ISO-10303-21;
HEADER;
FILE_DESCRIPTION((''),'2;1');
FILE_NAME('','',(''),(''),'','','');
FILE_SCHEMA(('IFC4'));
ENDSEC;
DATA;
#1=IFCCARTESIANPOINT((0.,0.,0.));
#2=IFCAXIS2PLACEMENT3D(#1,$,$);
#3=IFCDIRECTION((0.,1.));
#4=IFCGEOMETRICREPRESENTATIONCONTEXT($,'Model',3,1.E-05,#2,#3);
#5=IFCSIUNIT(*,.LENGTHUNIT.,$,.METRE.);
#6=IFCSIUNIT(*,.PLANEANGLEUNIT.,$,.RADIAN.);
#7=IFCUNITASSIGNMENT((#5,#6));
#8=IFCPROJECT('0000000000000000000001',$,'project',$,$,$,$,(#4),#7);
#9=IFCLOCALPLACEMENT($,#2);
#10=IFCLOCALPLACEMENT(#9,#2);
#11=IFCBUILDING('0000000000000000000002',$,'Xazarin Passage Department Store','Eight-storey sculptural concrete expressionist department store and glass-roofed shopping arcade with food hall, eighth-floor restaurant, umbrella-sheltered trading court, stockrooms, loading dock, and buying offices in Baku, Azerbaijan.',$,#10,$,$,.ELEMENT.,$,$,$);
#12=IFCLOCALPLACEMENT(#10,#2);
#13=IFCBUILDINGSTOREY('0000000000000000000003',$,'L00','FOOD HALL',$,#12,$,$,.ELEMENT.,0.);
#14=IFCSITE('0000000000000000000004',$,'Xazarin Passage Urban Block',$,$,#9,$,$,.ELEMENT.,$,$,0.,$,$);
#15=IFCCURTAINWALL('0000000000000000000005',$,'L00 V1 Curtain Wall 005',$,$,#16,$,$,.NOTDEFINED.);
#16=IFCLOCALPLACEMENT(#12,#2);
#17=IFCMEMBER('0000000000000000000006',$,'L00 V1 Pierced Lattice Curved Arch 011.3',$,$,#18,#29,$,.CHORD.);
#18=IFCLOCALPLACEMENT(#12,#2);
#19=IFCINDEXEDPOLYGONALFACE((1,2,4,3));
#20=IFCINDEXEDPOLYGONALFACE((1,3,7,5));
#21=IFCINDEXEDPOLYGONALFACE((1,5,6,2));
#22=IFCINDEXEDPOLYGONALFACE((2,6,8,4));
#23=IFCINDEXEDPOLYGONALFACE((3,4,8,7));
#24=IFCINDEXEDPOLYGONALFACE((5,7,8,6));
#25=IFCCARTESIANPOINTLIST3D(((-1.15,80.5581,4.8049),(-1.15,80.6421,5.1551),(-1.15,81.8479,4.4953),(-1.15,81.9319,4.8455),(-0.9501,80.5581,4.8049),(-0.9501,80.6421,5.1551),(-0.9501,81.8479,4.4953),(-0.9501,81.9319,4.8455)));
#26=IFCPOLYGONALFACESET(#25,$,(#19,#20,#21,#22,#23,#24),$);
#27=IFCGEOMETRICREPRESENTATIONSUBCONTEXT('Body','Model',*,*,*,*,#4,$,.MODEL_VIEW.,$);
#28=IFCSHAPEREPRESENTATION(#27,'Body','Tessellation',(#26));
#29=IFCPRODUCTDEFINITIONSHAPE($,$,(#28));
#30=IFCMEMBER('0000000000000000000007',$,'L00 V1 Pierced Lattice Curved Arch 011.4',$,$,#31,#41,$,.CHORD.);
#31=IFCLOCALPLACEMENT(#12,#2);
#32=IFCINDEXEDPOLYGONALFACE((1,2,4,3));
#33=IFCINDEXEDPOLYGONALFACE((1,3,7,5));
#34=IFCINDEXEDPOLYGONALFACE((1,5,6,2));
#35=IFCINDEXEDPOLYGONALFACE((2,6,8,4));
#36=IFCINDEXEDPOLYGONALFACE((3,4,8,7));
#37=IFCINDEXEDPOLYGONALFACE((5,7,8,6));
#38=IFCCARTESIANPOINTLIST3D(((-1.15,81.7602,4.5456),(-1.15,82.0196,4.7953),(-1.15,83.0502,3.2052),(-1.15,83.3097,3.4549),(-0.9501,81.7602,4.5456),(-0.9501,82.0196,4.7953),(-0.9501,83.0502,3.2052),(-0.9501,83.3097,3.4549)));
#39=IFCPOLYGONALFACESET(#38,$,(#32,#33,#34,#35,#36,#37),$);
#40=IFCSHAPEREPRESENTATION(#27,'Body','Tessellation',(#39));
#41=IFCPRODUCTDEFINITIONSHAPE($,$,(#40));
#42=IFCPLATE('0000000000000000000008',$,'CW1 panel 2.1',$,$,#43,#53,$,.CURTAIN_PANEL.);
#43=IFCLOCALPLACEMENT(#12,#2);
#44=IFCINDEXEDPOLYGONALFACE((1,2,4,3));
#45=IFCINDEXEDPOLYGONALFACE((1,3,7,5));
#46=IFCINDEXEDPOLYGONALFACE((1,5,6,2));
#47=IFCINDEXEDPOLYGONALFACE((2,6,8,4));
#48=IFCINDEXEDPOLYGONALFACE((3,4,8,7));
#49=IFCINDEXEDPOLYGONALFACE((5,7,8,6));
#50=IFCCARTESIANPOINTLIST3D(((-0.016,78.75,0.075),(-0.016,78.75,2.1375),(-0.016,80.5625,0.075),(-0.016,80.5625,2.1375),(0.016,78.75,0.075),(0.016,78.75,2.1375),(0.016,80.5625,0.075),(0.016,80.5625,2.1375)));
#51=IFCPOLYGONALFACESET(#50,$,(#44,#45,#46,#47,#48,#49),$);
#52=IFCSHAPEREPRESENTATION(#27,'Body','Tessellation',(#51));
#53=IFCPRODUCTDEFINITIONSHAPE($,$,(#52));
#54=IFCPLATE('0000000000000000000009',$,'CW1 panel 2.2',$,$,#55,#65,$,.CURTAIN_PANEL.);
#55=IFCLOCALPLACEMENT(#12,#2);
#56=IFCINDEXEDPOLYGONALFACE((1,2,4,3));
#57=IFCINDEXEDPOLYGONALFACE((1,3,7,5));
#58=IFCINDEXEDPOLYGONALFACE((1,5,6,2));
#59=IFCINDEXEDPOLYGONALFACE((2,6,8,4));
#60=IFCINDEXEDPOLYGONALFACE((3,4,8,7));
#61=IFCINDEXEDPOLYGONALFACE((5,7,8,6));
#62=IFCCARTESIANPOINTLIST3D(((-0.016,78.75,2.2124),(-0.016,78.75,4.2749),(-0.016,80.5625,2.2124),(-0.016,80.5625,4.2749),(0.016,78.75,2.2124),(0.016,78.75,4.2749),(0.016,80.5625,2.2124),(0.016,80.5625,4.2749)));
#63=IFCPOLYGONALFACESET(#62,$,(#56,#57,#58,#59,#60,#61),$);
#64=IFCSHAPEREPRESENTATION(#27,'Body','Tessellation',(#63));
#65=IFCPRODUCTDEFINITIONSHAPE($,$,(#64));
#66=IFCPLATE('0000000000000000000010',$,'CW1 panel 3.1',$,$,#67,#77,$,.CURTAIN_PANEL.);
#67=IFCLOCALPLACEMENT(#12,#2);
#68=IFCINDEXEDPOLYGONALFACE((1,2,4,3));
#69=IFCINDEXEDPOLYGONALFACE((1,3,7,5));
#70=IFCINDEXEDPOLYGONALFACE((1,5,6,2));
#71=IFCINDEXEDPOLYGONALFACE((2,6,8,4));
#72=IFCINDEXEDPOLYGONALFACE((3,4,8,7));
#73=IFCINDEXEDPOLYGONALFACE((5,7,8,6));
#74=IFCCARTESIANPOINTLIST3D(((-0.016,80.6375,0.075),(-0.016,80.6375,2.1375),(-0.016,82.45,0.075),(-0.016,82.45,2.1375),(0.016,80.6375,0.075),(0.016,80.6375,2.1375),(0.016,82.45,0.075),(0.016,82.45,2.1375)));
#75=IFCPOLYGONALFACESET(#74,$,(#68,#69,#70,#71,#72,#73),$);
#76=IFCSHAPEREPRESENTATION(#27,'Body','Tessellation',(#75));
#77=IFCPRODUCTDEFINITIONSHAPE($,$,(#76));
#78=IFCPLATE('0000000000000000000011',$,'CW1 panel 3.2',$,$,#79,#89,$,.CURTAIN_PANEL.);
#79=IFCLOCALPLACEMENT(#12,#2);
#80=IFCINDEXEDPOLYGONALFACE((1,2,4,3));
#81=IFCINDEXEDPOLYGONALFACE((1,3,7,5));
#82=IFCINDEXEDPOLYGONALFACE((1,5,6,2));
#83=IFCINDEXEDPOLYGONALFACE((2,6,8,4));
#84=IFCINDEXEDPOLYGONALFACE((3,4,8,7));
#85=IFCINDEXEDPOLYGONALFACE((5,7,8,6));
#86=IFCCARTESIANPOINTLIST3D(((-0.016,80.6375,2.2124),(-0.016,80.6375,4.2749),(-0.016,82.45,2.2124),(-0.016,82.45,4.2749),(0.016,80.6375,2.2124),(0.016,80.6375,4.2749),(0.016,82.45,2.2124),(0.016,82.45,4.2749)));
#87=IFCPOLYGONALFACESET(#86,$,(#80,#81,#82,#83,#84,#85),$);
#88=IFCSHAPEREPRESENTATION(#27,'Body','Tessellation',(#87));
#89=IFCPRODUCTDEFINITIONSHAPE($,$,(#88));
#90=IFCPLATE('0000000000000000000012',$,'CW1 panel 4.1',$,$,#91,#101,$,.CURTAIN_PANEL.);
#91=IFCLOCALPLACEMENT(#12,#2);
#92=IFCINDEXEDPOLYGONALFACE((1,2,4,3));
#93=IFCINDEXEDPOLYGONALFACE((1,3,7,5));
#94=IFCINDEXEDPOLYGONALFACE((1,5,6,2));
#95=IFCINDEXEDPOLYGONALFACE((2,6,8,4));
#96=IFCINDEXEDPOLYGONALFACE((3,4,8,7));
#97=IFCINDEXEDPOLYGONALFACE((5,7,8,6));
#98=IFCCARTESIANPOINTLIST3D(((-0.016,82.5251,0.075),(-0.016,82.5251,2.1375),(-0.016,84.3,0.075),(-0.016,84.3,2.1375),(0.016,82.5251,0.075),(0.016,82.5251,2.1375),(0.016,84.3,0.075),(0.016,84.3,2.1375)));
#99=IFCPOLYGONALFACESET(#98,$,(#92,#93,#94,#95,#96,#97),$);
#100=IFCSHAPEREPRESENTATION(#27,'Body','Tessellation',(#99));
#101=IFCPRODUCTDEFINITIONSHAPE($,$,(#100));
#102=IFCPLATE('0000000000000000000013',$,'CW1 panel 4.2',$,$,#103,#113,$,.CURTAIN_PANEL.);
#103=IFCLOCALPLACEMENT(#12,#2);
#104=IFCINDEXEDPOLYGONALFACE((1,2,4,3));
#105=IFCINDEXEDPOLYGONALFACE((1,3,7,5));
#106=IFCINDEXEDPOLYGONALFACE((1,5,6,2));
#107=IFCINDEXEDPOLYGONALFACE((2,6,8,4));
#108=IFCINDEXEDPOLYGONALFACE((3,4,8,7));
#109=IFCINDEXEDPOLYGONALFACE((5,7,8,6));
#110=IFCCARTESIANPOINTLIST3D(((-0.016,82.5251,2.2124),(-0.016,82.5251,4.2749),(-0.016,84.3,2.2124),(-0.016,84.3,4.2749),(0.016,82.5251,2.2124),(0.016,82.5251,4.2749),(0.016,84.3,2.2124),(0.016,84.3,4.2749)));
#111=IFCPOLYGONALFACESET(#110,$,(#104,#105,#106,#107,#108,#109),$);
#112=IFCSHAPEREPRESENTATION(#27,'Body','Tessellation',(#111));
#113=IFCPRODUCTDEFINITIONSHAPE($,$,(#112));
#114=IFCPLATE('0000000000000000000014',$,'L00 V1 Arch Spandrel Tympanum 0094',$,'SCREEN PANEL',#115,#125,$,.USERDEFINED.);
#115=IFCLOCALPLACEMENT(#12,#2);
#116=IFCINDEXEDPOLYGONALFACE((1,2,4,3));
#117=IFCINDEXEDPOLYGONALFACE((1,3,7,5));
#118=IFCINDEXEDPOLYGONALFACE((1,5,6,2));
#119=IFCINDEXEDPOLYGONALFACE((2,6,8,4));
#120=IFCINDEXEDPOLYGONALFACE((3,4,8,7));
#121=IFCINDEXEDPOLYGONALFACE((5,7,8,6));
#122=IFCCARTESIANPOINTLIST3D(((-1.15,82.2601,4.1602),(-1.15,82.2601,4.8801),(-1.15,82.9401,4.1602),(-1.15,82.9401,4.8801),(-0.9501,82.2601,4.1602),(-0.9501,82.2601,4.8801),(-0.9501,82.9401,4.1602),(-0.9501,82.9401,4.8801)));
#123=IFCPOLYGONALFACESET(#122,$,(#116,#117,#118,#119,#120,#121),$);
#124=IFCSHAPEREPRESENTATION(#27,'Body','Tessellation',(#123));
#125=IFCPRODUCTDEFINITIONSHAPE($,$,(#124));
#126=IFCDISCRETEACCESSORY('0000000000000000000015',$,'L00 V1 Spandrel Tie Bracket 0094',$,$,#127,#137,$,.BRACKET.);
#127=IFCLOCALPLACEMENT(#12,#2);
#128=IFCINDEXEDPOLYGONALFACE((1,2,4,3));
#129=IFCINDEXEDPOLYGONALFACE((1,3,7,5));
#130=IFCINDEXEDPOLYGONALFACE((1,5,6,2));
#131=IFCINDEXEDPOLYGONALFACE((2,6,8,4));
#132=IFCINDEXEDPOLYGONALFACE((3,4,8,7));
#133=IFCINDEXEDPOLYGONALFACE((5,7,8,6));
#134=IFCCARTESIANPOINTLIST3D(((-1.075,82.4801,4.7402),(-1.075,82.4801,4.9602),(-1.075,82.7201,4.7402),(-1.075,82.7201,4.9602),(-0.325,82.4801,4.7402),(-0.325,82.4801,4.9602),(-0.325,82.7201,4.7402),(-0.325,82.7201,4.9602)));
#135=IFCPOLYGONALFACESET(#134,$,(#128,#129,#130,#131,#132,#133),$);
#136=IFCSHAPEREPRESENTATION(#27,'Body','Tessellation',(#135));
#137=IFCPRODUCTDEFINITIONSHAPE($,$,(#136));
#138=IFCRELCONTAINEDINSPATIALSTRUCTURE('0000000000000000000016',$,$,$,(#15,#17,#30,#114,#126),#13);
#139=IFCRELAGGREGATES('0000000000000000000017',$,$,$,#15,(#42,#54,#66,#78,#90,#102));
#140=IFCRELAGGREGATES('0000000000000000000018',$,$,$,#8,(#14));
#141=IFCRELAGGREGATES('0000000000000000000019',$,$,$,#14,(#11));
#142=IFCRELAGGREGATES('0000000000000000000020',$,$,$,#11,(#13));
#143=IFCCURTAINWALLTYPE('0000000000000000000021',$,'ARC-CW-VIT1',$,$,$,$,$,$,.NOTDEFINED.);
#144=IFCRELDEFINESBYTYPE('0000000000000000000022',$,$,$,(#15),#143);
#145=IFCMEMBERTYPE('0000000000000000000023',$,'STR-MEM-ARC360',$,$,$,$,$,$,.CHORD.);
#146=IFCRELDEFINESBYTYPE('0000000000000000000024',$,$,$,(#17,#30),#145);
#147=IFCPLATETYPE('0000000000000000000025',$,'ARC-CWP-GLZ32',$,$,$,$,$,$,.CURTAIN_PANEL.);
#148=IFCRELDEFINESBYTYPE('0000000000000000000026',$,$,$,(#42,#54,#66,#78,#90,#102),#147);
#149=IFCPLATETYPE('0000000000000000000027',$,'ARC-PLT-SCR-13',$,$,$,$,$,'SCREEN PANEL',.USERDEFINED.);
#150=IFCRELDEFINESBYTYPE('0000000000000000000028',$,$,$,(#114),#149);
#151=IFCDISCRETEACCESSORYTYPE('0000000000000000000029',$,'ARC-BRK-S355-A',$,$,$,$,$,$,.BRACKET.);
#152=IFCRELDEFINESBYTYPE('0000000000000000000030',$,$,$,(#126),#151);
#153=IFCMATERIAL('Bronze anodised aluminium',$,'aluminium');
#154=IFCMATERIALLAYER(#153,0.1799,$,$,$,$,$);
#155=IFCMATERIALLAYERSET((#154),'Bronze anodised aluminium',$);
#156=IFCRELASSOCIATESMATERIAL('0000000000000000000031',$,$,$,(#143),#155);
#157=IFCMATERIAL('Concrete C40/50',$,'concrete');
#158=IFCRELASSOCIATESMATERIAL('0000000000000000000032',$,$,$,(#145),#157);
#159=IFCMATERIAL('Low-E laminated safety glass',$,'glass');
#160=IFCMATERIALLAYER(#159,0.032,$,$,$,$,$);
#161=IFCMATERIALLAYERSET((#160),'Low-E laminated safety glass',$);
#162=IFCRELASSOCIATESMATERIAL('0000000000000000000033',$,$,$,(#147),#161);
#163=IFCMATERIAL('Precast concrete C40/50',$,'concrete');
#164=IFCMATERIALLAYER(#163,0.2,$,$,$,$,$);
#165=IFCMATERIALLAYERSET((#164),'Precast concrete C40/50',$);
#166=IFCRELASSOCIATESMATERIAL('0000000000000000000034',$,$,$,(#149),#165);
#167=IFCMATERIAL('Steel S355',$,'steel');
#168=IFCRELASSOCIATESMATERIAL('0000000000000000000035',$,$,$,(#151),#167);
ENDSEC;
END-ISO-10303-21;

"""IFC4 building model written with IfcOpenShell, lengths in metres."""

from ifc_helpers import new_model, si_unit, direction, frame, origin, origin_2d, place, context, subcontext, project, spatial, rectangle, extrude, material, layer, layer_set, material_profile, profile_set, type_object, element, aggregate, save


model = new_model("IFC4")

# Units and contexts
model_context = context("Model", 3, precision=1e-05, world=origin(), true_north=direction((0.0, 1.0)))
body_context = subcontext(model_context, "Body", "Model", "MODEL_VIEW")
ifc_project = project(units=[si_unit("LENGTHUNIT", "METRE"), si_unit("PLANEANGLEUNIT", "RADIAN")], contexts=[model_context])

# Site, building, storey
site_placement = place(None, origin())
site = spatial("IfcSite", under=ifc_project, at=site_placement, Name="Xazarin Passage Urban Block", CompositionType="ELEMENT", RefElevation=0.0)
building_placement = place(site_placement, origin())
building = spatial("IfcBuilding", under=site, at=building_placement, Name="Xazarin Passage Department Store", Description="Eight-storey sculptural concrete expressionist department store and glass-roofed shopping arcade with food hall, eighth-floor restaurant, umbrella-sheltered trading court, stockrooms, loading dock, and buying offices in Baku, Azerbaijan.", CompositionType="ELEMENT")
storey_placement = place(building_placement, origin())
storey = spatial("IfcBuildingStorey", under=building, at=storey_placement, Name="L00", Description="FOOD HALL", CompositionType="ELEMENT", Elevation=0.0)

# Shared definitions
ifc_material_1 = material(Name="Concrete C40/50", Category="concrete")

# Curtain wall
ifc_material_2 = material(Name="Bronze anodised aluminium", Category="aluminium")
ifc_layer_1 = layer(ifc_material_2, 0.1799)
ifc_layer_set_1 = layer_set([ifc_layer_1], Name="Bronze anodised aluminium")
curtain_wall_type = type_object("IfcCurtainWallType", Name="ARC-CW-VIT1", PredefinedType="NOTDEFINED", material=ifc_layer_set_1)
curtain_wall_placement = place(storey_placement, origin())
curtain_wall = element("IfcCurtainWall", 1, at=curtain_wall_placement, inside=storey, type_object=curtain_wall_type, Name="L00 V1 Curtain Wall 005", PredefinedType="NOTDEFINED")

# Members
ifc_material_profile_1 = material_profile(ifc_material_1, rectangle(XDim=0.2, YDim=0.3601, at=origin_2d()), Name="RC 200x360")
ifc_profile_set_1 = profile_set([ifc_material_profile_1], Name="Concrete C40/50")
member_type_1 = type_object("IfcMemberType", Name="STR-MEM-ARC360", PredefinedType="CHORD", material=ifc_profile_set_1)
member_1_placement = place(storey_placement, frame((-1.05, 80.6001, 4.98), z_axis=(0.0, 0.972384, -0.233387), x_axis=(-1.0, 0.0, 0.0)))
element("IfcMember", 2, at=member_1_placement, inside=storey, type_object=member_type_1, Name="L00 V1 Pierced Lattice Curved Arch 011.3", PredefinedType="CHORD", context=body_context, shape_type="SweptSolid", body=[
    extrude(rectangle(XDim=0.2, YDim=0.3601, at=origin_2d()), origin(), (0.0, 0.0, 1.0), 1.3264),
])
member_2_placement = place(storey_placement, frame((-1.05, 81.8899, 4.6704), z_axis=(0.0, 0.69346, -0.720495), x_axis=(-1.0, 0.0, 0.0)))
element("IfcMember", 3, at=member_2_placement, inside=storey, type_object=member_type_1, Name="L00 V1 Pierced Lattice Curved Arch 011.4", PredefinedType="CHORD", context=body_context, shape_type="SweptSolid", body=[
    extrude(rectangle(XDim=0.2, YDim=0.3601, at=origin_2d()), origin(), (0.0, 0.0, 1.0), 1.8604),
])

# Plates
ifc_material_3 = material(Name="Low-E laminated safety glass", Category="glass")
ifc_layer_2 = layer(ifc_material_3, 0.032)
ifc_layer_set_2 = layer_set([ifc_layer_2], Name="Low-E laminated safety glass")
plate_type_1 = type_object("IfcPlateType", Name="ARC-CWP-GLZ32", PredefinedType="CURTAIN_PANEL", material=ifc_layer_set_2)
plate_1_placement = place(storey_placement, frame((0.0, 79.6562, 0.075), z_axis=(0.0, 0.0, 1.0), x_axis=(0.0, 1.0, 0.0)))
plate_1 = element("IfcPlate", 4, at=plate_1_placement, type_object=plate_type_1, Name="CW1 panel 2.1", PredefinedType="CURTAIN_PANEL", context=body_context, shape_type="SweptSolid", body=[
    extrude(rectangle(XDim=1.8125, YDim=0.032, at=origin_2d()), origin(), (0.0, 0.0, 1.0), 2.0625),
])
plate_2_placement = place(storey_placement, frame((0.0, 79.6562, 2.2124), z_axis=(0.0, 0.0, 1.0), x_axis=(0.0, 1.0, 0.0)))
plate_2 = element("IfcPlate", 5, at=plate_2_placement, type_object=plate_type_1, Name="CW1 panel 2.2", PredefinedType="CURTAIN_PANEL", context=body_context, shape_type="SweptSolid", body=[
    extrude(rectangle(XDim=1.8125, YDim=0.032, at=origin_2d()), origin(), (0.0, 0.0, 1.0), 2.0625),
])
plate_3_placement = place(storey_placement, frame((0.0, 81.5437, 0.075), z_axis=(0.0, 0.0, 1.0), x_axis=(0.0, 1.0, 0.0)))
plate_3 = element("IfcPlate", 6, at=plate_3_placement, type_object=plate_type_1, Name="CW1 panel 3.1", PredefinedType="CURTAIN_PANEL", context=body_context, shape_type="SweptSolid", body=[
    extrude(rectangle(XDim=1.8125, YDim=0.032, at=origin_2d()), origin(), (0.0, 0.0, 1.0), 2.0625),
])
plate_4_placement = place(storey_placement, frame((0.0, 81.5437, 2.2124), z_axis=(0.0, 0.0, 1.0), x_axis=(0.0, 1.0, 0.0)))
plate_4 = element("IfcPlate", 7, at=plate_4_placement, type_object=plate_type_1, Name="CW1 panel 3.2", PredefinedType="CURTAIN_PANEL", context=body_context, shape_type="SweptSolid", body=[
    extrude(rectangle(XDim=1.8125, YDim=0.032, at=origin_2d()), origin(), (0.0, 0.0, 1.0), 2.0625),
])
plate_5_placement = place(storey_placement, frame((0.0, 83.4126, 0.075), z_axis=(0.0, 0.0, 1.0), x_axis=(0.0, 1.0, 0.0)))
plate_5 = element("IfcPlate", 8, at=plate_5_placement, type_object=plate_type_1, Name="CW1 panel 4.1", PredefinedType="CURTAIN_PANEL", context=body_context, shape_type="SweptSolid", body=[
    extrude(rectangle(XDim=1.7749, YDim=0.032, at=origin_2d()), origin(), (0.0, 0.0, 1.0), 2.0625),
])
plate_6_placement = place(storey_placement, frame((0.0, 83.4126, 2.2124), z_axis=(0.0, 0.0, 1.0), x_axis=(0.0, 1.0, 0.0)))
plate_6 = element("IfcPlate", 9, at=plate_6_placement, type_object=plate_type_1, Name="CW1 panel 4.2", PredefinedType="CURTAIN_PANEL", context=body_context, shape_type="SweptSolid", body=[
    extrude(rectangle(XDim=1.7749, YDim=0.032, at=origin_2d()), origin(), (0.0, 0.0, 1.0), 2.0625),
])
aggregate(curtain_wall, [plate_1, plate_2, plate_3, plate_4, plate_5, plate_6])
ifc_material_4 = material(Name="Precast concrete C40/50", Category="concrete")
ifc_layer_3 = layer(ifc_material_4, 0.2)
ifc_layer_set_3 = layer_set([ifc_layer_3], Name="Precast concrete C40/50")
plate_type_2 = type_object("IfcPlateType", Name="ARC-PLT-SCR-13", ElementType="SCREEN PANEL", PredefinedType="USERDEFINED", material=ifc_layer_set_3)
plate_7_placement = place(storey_placement, frame((-1.05, 82.6001, 4.1602), z_axis=(0.0, 0.0, 1.0), x_axis=(0.0, 1.0, 0.0)))
element("IfcPlate", 10, at=plate_7_placement, inside=storey, type_object=plate_type_2, Name="L00 V1 Arch Spandrel Tympanum 0094", ObjectType="SCREEN PANEL", PredefinedType="USERDEFINED", context=body_context, shape_type="SweptSolid", body=[
    extrude(rectangle(XDim=0.6799, YDim=0.2, at=origin_2d()), origin(), (0.0, 0.0, 1.0), 0.72),
])

# Discrete accessory
ifc_material_5 = material(Name="Steel S355", Category="steel")
discrete_accessory_type = type_object("IfcDiscreteAccessoryType", Name="ARC-BRK-S355-A", PredefinedType="BRACKET", material=ifc_material_5)
discrete_accessory_placement = place(storey_placement, frame((-0.7, 82.6001, 4.7402), z_axis=(0.0, 0.0, 1.0), x_axis=(0.0, 1.0, 0.0)))
element("IfcDiscreteAccessory", 11, at=discrete_accessory_placement, inside=storey, type_object=discrete_accessory_type, Name="L00 V1 Spandrel Tie Bracket 0094", PredefinedType="BRACKET", context=body_context, shape_type="SweptSolid", body=[
    extrude(rectangle(XDim=0.24, YDim=0.75, at=origin_2d()), origin(), (0.0, 0.0, 1.0), 0.22),
])

save(model, "model.ifc")
